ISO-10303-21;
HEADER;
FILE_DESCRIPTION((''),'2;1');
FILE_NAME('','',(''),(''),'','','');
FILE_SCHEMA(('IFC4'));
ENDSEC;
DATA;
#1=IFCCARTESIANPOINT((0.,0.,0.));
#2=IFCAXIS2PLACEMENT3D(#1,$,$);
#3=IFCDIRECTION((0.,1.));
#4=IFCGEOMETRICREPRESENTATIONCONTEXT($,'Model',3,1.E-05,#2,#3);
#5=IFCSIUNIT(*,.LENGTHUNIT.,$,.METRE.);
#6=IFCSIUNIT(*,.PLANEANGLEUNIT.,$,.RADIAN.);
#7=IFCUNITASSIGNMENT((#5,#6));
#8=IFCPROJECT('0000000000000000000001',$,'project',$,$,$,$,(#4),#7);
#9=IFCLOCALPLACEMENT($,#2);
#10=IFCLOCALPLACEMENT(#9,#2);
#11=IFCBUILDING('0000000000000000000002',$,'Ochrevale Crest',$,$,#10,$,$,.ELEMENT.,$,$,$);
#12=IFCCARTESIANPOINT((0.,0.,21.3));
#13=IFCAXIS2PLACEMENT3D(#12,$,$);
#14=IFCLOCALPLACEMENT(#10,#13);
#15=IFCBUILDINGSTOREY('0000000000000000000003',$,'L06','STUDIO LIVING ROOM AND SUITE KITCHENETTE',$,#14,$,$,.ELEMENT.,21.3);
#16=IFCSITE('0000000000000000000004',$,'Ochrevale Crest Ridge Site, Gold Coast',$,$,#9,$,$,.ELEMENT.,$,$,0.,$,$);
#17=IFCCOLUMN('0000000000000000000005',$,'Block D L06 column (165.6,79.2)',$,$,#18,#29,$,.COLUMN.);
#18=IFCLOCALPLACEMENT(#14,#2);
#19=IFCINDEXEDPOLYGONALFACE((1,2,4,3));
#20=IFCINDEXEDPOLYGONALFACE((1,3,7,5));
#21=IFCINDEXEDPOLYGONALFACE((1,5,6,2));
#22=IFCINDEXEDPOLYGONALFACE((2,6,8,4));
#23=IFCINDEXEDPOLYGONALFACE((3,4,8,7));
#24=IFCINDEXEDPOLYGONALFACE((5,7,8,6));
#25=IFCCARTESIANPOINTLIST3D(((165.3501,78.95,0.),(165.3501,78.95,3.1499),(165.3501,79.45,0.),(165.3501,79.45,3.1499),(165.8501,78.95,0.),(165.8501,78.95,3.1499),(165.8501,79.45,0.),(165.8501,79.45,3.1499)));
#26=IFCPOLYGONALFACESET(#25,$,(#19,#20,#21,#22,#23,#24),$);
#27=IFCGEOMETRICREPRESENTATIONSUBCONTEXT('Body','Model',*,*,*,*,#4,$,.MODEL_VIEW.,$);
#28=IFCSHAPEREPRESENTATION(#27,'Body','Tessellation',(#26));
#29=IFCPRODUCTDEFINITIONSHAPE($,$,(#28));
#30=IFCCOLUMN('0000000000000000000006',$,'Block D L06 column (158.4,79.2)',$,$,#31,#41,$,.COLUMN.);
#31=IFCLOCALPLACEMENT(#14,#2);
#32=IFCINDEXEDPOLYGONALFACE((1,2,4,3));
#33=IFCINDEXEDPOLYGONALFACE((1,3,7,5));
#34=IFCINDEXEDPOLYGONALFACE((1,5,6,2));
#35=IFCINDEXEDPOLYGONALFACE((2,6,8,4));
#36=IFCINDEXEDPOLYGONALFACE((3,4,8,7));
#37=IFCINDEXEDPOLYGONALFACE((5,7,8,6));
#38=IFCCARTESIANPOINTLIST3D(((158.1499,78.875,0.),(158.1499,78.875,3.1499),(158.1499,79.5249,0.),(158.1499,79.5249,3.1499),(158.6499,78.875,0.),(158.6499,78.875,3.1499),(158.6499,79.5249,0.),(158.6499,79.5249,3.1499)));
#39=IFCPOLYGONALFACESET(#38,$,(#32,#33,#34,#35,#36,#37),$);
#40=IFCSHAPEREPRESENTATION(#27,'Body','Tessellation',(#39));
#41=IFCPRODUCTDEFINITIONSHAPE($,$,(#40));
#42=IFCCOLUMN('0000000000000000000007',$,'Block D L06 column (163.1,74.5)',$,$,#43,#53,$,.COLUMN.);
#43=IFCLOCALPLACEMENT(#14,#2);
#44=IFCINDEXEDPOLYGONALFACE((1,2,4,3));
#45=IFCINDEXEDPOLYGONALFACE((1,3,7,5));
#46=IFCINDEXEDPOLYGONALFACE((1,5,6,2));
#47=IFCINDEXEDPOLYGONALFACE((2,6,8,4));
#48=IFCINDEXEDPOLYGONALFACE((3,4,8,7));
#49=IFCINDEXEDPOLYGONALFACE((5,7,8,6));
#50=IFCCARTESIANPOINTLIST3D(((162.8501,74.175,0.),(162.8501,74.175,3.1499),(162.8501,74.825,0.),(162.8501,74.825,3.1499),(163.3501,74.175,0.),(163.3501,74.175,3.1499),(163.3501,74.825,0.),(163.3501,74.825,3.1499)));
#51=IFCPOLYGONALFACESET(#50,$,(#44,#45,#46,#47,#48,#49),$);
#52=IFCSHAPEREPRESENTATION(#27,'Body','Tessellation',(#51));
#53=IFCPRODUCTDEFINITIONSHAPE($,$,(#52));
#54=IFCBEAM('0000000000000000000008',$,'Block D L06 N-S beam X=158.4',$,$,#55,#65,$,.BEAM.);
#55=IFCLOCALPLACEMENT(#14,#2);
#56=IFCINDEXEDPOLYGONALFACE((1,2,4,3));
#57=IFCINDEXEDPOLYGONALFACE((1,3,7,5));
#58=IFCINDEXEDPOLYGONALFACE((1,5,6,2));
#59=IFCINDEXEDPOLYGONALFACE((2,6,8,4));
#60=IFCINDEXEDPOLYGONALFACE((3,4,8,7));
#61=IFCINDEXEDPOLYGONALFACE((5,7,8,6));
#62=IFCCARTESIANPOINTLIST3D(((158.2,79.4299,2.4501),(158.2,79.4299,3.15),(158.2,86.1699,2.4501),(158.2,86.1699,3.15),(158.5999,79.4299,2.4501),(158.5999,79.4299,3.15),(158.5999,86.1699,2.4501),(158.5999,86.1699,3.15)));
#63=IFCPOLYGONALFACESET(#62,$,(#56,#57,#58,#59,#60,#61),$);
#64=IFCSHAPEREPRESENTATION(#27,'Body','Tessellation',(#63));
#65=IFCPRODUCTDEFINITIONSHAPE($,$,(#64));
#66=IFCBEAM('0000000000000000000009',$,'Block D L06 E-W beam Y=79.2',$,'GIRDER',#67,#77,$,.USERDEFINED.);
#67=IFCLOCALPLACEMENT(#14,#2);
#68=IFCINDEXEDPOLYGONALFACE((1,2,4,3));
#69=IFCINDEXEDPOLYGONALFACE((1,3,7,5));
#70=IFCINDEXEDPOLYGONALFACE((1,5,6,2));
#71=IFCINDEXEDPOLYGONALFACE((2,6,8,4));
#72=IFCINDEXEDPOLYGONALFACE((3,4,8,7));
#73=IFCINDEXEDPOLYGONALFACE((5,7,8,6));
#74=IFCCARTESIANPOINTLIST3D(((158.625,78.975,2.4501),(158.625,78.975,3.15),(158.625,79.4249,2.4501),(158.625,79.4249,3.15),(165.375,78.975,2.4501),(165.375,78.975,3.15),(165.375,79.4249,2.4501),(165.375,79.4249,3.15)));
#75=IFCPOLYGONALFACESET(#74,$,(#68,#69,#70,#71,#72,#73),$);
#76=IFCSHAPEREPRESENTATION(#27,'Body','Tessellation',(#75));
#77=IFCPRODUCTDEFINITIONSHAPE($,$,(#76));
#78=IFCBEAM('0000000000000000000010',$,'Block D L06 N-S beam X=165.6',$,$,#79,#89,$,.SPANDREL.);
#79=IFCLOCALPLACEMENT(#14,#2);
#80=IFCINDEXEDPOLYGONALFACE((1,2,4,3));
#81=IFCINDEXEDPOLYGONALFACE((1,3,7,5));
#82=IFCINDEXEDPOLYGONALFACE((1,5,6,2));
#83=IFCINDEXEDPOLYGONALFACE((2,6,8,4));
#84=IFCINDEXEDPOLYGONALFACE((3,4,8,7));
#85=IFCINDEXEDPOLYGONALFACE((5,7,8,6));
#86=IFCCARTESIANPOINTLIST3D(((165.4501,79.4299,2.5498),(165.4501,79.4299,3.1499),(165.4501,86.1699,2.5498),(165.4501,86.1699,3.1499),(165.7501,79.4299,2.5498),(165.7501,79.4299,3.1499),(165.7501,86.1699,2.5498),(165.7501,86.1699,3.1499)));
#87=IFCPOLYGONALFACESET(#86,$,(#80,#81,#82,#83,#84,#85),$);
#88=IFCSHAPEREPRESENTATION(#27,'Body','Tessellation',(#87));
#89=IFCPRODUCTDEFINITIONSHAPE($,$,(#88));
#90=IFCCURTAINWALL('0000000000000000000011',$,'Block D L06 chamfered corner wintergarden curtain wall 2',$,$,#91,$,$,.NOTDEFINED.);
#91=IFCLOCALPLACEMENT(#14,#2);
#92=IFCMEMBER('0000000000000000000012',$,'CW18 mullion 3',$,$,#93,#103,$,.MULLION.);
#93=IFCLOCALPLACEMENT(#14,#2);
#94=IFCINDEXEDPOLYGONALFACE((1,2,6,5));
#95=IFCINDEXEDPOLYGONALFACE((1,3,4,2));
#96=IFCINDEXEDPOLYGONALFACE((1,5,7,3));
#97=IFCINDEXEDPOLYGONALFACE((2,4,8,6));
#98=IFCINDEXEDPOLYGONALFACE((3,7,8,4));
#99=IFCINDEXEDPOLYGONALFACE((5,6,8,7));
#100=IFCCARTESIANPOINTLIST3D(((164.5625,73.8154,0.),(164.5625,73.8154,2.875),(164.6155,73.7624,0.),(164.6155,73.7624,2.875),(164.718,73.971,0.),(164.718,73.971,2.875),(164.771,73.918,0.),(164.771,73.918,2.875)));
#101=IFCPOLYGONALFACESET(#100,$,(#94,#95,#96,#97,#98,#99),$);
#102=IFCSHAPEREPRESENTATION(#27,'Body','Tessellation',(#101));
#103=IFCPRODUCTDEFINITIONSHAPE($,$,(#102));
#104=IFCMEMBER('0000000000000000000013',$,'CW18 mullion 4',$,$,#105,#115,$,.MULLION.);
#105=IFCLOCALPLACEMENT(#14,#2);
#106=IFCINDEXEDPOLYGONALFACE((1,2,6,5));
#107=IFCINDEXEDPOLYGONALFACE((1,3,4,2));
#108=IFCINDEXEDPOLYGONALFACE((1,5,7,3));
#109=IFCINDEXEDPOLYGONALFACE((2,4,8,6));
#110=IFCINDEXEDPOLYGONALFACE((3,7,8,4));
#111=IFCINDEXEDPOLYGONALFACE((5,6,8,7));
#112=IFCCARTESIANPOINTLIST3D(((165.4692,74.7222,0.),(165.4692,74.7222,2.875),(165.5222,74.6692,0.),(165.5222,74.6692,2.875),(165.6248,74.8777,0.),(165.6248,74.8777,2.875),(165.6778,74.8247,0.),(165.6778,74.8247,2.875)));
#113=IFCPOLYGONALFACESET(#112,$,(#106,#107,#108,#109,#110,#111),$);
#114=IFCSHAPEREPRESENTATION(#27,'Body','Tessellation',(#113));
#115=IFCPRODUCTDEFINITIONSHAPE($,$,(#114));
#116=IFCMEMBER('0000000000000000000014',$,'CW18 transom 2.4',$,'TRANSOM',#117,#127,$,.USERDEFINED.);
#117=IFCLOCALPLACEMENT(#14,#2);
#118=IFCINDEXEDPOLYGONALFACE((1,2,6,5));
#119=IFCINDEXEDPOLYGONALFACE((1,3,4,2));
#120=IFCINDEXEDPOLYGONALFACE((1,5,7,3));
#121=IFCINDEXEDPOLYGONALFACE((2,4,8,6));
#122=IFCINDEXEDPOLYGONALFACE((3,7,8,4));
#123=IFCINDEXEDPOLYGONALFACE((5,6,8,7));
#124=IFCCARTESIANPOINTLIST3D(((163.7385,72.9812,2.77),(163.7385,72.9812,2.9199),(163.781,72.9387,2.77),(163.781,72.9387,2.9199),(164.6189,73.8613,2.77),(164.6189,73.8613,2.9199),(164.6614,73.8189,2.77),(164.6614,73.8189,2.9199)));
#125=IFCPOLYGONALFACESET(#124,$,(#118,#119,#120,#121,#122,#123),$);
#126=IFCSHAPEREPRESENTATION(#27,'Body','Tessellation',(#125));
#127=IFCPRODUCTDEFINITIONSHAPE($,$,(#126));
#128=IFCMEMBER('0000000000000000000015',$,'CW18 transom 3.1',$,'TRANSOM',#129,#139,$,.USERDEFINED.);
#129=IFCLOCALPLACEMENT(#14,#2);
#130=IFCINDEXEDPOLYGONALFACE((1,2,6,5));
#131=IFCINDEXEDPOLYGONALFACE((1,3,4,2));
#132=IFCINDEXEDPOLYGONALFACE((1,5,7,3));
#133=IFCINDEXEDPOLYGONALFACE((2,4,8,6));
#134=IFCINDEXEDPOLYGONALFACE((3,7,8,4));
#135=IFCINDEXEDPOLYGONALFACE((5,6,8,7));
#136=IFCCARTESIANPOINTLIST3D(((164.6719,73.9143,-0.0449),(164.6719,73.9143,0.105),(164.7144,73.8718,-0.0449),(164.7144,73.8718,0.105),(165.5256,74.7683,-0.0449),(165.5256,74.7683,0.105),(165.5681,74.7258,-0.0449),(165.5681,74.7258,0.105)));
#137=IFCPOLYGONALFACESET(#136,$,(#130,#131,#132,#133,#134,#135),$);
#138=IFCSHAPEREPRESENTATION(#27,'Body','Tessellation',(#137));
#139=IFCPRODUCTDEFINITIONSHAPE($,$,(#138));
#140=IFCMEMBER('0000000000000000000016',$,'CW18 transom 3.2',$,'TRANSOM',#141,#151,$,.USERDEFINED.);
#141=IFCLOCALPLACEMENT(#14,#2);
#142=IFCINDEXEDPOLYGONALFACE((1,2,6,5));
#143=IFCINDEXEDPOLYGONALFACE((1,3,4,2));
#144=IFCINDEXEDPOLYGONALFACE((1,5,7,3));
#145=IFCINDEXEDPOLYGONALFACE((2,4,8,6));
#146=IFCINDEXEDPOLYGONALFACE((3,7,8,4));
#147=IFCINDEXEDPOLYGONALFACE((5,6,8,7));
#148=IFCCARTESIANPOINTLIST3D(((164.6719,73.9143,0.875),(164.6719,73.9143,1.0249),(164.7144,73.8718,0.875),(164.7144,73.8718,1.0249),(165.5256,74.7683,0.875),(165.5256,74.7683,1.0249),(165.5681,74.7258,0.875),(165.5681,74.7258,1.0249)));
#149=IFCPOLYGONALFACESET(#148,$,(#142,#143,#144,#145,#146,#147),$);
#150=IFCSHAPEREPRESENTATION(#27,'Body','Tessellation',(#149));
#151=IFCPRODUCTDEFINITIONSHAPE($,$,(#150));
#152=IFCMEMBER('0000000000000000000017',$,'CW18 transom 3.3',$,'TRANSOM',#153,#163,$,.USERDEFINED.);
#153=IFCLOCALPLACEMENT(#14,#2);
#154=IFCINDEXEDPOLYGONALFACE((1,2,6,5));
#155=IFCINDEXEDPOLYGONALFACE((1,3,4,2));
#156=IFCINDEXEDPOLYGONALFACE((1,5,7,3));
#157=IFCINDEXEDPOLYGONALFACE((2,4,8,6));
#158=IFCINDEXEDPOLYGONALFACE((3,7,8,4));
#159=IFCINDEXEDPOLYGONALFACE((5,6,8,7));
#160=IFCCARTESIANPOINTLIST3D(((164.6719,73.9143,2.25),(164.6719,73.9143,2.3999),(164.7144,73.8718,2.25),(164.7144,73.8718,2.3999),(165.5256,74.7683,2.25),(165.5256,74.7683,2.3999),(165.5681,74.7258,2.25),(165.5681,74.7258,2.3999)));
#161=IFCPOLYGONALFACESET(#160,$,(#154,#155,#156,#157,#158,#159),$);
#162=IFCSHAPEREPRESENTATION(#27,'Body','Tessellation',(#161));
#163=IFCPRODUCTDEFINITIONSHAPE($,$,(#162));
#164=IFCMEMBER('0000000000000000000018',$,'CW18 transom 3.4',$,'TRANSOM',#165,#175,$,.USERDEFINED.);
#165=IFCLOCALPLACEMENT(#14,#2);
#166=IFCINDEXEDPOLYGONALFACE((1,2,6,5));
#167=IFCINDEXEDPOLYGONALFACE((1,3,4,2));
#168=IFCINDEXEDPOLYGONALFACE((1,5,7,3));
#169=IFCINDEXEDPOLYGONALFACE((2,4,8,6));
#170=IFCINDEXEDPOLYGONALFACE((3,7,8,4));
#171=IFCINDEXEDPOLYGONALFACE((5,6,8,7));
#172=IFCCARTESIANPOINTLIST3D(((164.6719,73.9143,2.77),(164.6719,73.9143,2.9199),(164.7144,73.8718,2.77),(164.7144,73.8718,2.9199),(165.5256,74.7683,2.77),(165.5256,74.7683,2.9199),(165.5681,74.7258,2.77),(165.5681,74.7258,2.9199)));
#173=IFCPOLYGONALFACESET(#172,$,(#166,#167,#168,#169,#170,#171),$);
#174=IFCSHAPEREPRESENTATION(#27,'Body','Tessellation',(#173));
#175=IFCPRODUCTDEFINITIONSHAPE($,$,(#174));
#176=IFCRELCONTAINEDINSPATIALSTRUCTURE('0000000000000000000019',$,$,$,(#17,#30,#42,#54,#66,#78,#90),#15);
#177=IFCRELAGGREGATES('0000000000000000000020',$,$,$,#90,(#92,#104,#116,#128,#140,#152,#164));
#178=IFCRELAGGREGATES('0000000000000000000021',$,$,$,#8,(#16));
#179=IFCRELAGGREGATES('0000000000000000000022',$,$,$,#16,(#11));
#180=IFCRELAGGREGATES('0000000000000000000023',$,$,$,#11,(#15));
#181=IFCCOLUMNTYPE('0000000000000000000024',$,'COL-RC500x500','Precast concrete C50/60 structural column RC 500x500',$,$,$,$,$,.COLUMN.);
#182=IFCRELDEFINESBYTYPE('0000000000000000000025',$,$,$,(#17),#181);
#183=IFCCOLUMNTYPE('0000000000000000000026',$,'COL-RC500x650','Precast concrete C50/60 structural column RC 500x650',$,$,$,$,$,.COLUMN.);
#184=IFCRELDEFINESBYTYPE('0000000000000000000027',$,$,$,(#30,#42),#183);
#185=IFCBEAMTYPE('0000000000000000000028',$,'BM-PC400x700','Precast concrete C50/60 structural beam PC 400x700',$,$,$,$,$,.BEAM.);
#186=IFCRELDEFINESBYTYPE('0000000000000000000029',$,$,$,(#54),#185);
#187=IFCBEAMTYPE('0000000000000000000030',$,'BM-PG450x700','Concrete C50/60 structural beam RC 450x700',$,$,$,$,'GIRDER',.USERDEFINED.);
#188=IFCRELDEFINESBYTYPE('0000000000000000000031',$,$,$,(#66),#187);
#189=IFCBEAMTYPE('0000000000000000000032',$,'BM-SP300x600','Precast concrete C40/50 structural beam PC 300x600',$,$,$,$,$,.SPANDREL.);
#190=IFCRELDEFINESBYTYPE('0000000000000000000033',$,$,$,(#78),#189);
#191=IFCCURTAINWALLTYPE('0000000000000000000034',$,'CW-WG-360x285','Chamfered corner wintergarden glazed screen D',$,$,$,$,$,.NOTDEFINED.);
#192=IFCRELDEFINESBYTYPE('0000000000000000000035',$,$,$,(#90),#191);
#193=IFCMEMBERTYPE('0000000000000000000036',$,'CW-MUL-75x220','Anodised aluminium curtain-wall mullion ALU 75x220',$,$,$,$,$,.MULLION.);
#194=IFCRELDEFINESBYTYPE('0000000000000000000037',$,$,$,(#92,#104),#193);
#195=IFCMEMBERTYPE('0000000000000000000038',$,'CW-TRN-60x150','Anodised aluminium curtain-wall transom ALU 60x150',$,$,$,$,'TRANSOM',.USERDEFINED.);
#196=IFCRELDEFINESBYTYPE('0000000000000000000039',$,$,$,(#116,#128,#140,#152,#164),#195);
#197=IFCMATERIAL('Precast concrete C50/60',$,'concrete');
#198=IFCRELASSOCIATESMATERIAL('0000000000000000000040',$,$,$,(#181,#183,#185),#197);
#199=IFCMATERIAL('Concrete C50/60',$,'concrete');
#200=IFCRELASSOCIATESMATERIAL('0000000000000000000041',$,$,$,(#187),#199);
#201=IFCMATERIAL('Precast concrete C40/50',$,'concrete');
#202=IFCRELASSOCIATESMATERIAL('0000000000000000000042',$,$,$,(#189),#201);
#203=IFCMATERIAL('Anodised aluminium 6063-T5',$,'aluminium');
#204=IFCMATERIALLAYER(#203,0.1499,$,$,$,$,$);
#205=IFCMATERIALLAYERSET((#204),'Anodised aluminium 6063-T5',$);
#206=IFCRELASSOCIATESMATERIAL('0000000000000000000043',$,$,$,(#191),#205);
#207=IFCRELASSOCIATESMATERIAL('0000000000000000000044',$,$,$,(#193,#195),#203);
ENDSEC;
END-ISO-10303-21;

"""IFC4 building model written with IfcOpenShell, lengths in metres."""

from ifc_helpers import new_model, si_unit, direction, frame, origin, origin_2d, place, context, subcontext, project, spatial, rectangle, extrude, material, layer, layer_set, material_profile, profile_set, type_object, element, aggregate, save


model = new_model("IFC4")

# Units and contexts
model_context = context("Model", 3, precision=1e-05, world=origin(), true_north=direction((0.0, 1.0)))
body_context = subcontext(model_context, "Body", "Model", "MODEL_VIEW")
ifc_project = project(units=[si_unit("LENGTHUNIT", "METRE"), si_unit("PLANEANGLEUNIT", "RADIAN")], contexts=[model_context])

# Site, building, storey
site_placement = place(None, origin())
site = spatial("IfcSite", under=ifc_project, at=site_placement, Name="Ochrevale Crest Ridge Site, Gold Coast", CompositionType="ELEMENT", RefElevation=0.0)
building_placement = place(site_placement, origin())
building = spatial("IfcBuilding", under=site, at=building_placement, Name="Ochrevale Crest", CompositionType="ELEMENT")
storey_placement = place(building_placement, frame((0.0, 0.0, 21.3)))
storey = spatial("IfcBuildingStorey", under=building, at=storey_placement, Name="L06", Description="STUDIO LIVING ROOM AND SUITE KITCHENETTE", CompositionType="ELEMENT", Elevation=21.3)

# Columns
ifc_material_1 = material(Name="Precast concrete C50/60", Category="concrete")
ifc_material_profile_1 = material_profile(ifc_material_1, rectangle(XDim=0.5, YDim=0.5, at=origin_2d()), Name="RC 500x500")
ifc_profile_set_1 = profile_set([ifc_material_profile_1], Name="Precast concrete C50/60")
column_type_1 = type_object("IfcColumnType", Name="COL-RC500x500", Description="Precast concrete C50/60 structural column RC 500x500", PredefinedType="COLUMN", material=ifc_profile_set_1)
column_placement = place(storey_placement, frame((165.6001, 79.2, 0.0), z_axis=(0.0, 0.0, 1.0), x_axis=(1.0, 0.0, 0.0)))
element("IfcColumn", 1, at=column_placement, inside=storey, type_object=column_type_1, Name="Block D L06 column (165.6,79.2)", PredefinedType="COLUMN", context=body_context, shape_type="SweptSolid", body=[
    extrude(rectangle(XDim=0.5, YDim=0.5, at=origin_2d()), origin(), (0.0, 0.0, 1.0), 3.1499),
])
ifc_material_profile_2 = material_profile(ifc_material_1, rectangle(XDim=0.5, YDim=0.6499, at=origin_2d()), Name="RC 500x650")
ifc_profile_set_2 = profile_set([ifc_material_profile_2], Name="Precast concrete C50/60")
column_type_2 = type_object("IfcColumnType", Name="COL-RC500x650", Description="Precast concrete C50/60 structural column RC 500x650", PredefinedType="COLUMN", material=ifc_profile_set_2)
for number, where, z_axis, x_axis, name in (
    (2, (158.3999, 79.2, 0.0), (0.0, 0.0, 1.0), (1.0, 0.0, 0.0), "Block D L06 column (158.4,79.2)"),
    (3, (163.1001, 74.5, 0.0), (0.0, 0.0, 1.0), (1.0, 0.0, 0.0), "Block D L06 column (163.1,74.5)"),
):
    element("IfcColumn", number, at=place(storey_placement, frame(where, z_axis=z_axis, x_axis=x_axis)), inside=storey, type_object=column_type_2, Name=name, PredefinedType="COLUMN", context=body_context, shape_type="SweptSolid", body=[
        extrude(rectangle(XDim=0.5, YDim=0.6499, at=origin_2d()), origin(), (0.0, 0.0, 1.0), 3.1499),
    ])

# Beams
ifc_material_profile_3 = material_profile(ifc_material_1, rectangle(XDim=0.3999, YDim=0.7, at=origin_2d()), Name="PC 400x700")
ifc_profile_set_3 = profile_set([ifc_material_profile_3], Name="Precast concrete C50/60")
beam_type_1 = type_object("IfcBeamType", Name="BM-PC400x700", Description="Precast concrete C50/60 structural beam PC 400x700", PredefinedType="BEAM", material=ifc_profile_set_3)
beam_1_placement = place(storey_placement, frame((158.3999, 79.4299, 2.8), z_axis=(0.0, 1.0, 0.0), x_axis=(-1.0, 0.0, 0.0)))
element("IfcBeam", 4, at=beam_1_placement, inside=storey, type_object=beam_type_1, Name="Block D L06 N-S beam X=158.4", PredefinedType="BEAM", context=body_context, shape_type="SweptSolid", body=[
    extrude(rectangle(XDim=0.3999, YDim=0.7, at=origin_2d()), origin(), (0.0, 0.0, 1.0), 6.74),
])
ifc_material_2 = material(Name="Concrete C50/60", Category="concrete")
ifc_material_profile_4 = material_profile(ifc_material_2, rectangle(XDim=0.45, YDim=0.7, at=origin_2d()), Name="RC 450x700")
ifc_profile_set_4 = profile_set([ifc_material_profile_4], Name="Concrete C50/60")
beam_type_2 = type_object("IfcBeamType", Name="BM-PG450x700", Description="Concrete C50/60 structural beam RC 450x700", ElementType="GIRDER", PredefinedType="USERDEFINED", material=ifc_profile_set_4)
beam_2_placement = place(storey_placement, frame((158.625, 79.2, 2.8), z_axis=(1.0, 0.0, 0.0), x_axis=(0.0, 1.0, 0.0)))
element("IfcBeam", 5, at=beam_2_placement, inside=storey, type_object=beam_type_2, Name="Block D L06 E-W beam Y=79.2", ObjectType="GIRDER", PredefinedType="USERDEFINED", context=body_context, shape_type="SweptSolid", body=[
    extrude(rectangle(XDim=0.45, YDim=0.7, at=origin_2d()), origin(), (0.0, 0.0, 1.0), 6.75),
])
ifc_material_3 = material(Name="Precast concrete C40/50", Category="concrete")
ifc_material_profile_5 = material_profile(ifc_material_3, rectangle(XDim=0.3, YDim=0.6001, at=origin_2d()), Name="PC 300x600")
ifc_profile_set_5 = profile_set([ifc_material_profile_5], Name="Precast concrete C40/50")
beam_type_3 = type_object("IfcBeamType", Name="BM-SP300x600", Description="Precast concrete C40/50 structural beam PC 300x600", PredefinedType="SPANDREL", material=ifc_profile_set_5)
beam_3_placement = place(storey_placement, frame((165.6001, 79.4299, 2.8499), z_axis=(0.0, 1.0, 0.0), x_axis=(-1.0, 0.0, 0.0)))
element("IfcBeam", 6, at=beam_3_placement, inside=storey, type_object=beam_type_3, Name="Block D L06 N-S beam X=165.6", PredefinedType="SPANDREL", context=body_context, shape_type="SweptSolid", body=[
    extrude(rectangle(XDim=0.3, YDim=0.6001, at=origin_2d()), origin(), (0.0, 0.0, 1.0), 6.74),
])

# Curtain wall, members
ifc_material_4 = material(Name="Anodised aluminium 6063-T5", Category="aluminium")
ifc_layer_1 = layer(ifc_material_4, 0.1499)
ifc_layer_set_1 = layer_set([ifc_layer_1], Name="Anodised aluminium 6063-T5")
curtain_wall_type = type_object("IfcCurtainWallType", Name="CW-WG-360x285", Description="Chamfered corner wintergarden glazed screen D", PredefinedType="NOTDEFINED", material=ifc_layer_set_1)
curtain_wall_placement = place(storey_placement, origin())
curtain_wall = element("IfcCurtainWall", 7, at=curtain_wall_placement, inside=storey, type_object=curtain_wall_type, Name="Block D L06 chamfered corner wintergarden curtain wall 2", PredefinedType="NOTDEFINED")
ifc_material_profile_6 = material_profile(ifc_material_4, rectangle(XDim=0.075, YDim=0.22, at=origin_2d()), Name="ALU 75x220")
ifc_profile_set_6 = profile_set([ifc_material_profile_6], Name="Anodised aluminium 6063-T5")
member_type_1 = type_object("IfcMemberType", Name="CW-MUL-75x220", Description="Anodised aluminium curtain-wall mullion ALU 75x220", PredefinedType="MULLION", material=ifc_profile_set_6)
member_1_placement = place(storey_placement, frame((164.6667, 73.8667, 0.0), z_axis=(0.0, 0.0, 1.0), x_axis=(-0.707107, 0.707107, 0.0)))
member_1 = element("IfcMember", 8, at=member_1_placement, type_object=member_type_1, Name="CW18 mullion 3", PredefinedType="MULLION", context=body_context, shape_type="SweptSolid", body=[
    extrude(rectangle(XDim=0.075, YDim=0.22, at=origin_2d()), origin(), (0.0, 0.0, 1.0), 2.875),
])
member_2_placement = place(storey_placement, frame((165.5735, 74.7734, 0.0), z_axis=(0.0, 0.0, 1.0), x_axis=(-0.707107, 0.707107, 0.0)))
member_2 = element("IfcMember", 9, at=member_2_placement, type_object=member_type_1, Name="CW18 mullion 4", PredefinedType="MULLION", context=body_context, shape_type="SweptSolid", body=[
    extrude(rectangle(XDim=0.075, YDim=0.22, at=origin_2d()), origin(), (0.0, 0.0, 1.0), 2.875),
])
ifc_material_profile_7 = material_profile(ifc_material_4, rectangle(XDim=0.0601, YDim=0.1499, at=origin_2d()), Name="ALU 60x150")
ifc_profile_set_7 = profile_set([ifc_material_profile_7], Name="Anodised aluminium 6063-T5")
member_type_2 = type_object("IfcMemberType", Name="CW-TRN-60x150", Description="Anodised aluminium curtain-wall transom ALU 60x150", ElementType="TRANSOM", PredefinedType="USERDEFINED", material=ifc_profile_set_7)
member_3_placement = place(storey_placement, frame((163.7598, 72.96, 2.845), z_axis=(0.707205, 0.707009, 0.0), x_axis=(-0.707009, 0.707205, 0.0)))
member_3 = element("IfcMember", 10, at=member_3_placement, type_object=member_type_2, Name="CW18 transom 2.4", ObjectType="TRANSOM", PredefinedType="USERDEFINED", context=body_context, shape_type="SweptSolid", body=[
    extrude(rectangle(XDim=0.0601, YDim=0.1499, at=origin_2d()), origin(), (0.0, 0.0, 1.0), 1.2449),
])
member_4_placement = place(storey_placement, frame((164.6931, 73.8931, 0.03), z_axis=(0.707006, 0.707208, 0.0), x_axis=(-0.707208, 0.707006, 0.0)))
member_4 = element("IfcMember", 11, at=member_4_placement, type_object=member_type_2, Name="CW18 transom 3.1", ObjectType="TRANSOM", PredefinedType="USERDEFINED", context=body_context, shape_type="SweptSolid", body=[
    extrude(rectangle(XDim=0.0601, YDim=0.1499, at=origin_2d()), origin(), (0.0, 0.0, 1.0), 1.2075),
])
member_5_placement = place(storey_placement, frame((164.6931, 73.8931, 0.95), z_axis=(0.707006, 0.707208, 0.0), x_axis=(-0.707208, 0.707006, 0.0)))
member_5 = element("IfcMember", 12, at=member_5_placement, type_object=member_type_2, Name="CW18 transom 3.2", ObjectType="TRANSOM", PredefinedType="USERDEFINED", context=body_context, shape_type="SweptSolid", body=[
    extrude(rectangle(XDim=0.0601, YDim=0.1499, at=origin_2d()), origin(), (0.0, 0.0, 1.0), 1.2075),
])
member_6_placement = place(storey_placement, frame((164.6931, 73.8931, 2.325), z_axis=(0.707006, 0.707208, 0.0), x_axis=(-0.707208, 0.707006, 0.0)))
member_6 = element("IfcMember", 13, at=member_6_placement, type_object=member_type_2, Name="CW18 transom 3.3", ObjectType="TRANSOM", PredefinedType="USERDEFINED", context=body_context, shape_type="SweptSolid", body=[
    extrude(rectangle(XDim=0.0601, YDim=0.1499, at=origin_2d()), origin(), (0.0, 0.0, 1.0), 1.2075),
])
member_7_placement = place(storey_placement, frame((164.6931, 73.8931, 2.845), z_axis=(0.707006, 0.707208, 0.0), x_axis=(-0.707208, 0.707006, 0.0)))
member_7 = element("IfcMember", 14, at=member_7_placement, type_object=member_type_2, Name="CW18 transom 3.4", ObjectType="TRANSOM", PredefinedType="USERDEFINED", context=body_context, shape_type="SweptSolid", body=[
    extrude(rectangle(XDim=0.0601, YDim=0.1499, at=origin_2d()), origin(), (0.0, 0.0, 1.0), 1.2075),
])
aggregate(curtain_wall, [member_1, member_2, member_3, member_4, member_5, member_6, member_7])

save(model, "model.ifc")
